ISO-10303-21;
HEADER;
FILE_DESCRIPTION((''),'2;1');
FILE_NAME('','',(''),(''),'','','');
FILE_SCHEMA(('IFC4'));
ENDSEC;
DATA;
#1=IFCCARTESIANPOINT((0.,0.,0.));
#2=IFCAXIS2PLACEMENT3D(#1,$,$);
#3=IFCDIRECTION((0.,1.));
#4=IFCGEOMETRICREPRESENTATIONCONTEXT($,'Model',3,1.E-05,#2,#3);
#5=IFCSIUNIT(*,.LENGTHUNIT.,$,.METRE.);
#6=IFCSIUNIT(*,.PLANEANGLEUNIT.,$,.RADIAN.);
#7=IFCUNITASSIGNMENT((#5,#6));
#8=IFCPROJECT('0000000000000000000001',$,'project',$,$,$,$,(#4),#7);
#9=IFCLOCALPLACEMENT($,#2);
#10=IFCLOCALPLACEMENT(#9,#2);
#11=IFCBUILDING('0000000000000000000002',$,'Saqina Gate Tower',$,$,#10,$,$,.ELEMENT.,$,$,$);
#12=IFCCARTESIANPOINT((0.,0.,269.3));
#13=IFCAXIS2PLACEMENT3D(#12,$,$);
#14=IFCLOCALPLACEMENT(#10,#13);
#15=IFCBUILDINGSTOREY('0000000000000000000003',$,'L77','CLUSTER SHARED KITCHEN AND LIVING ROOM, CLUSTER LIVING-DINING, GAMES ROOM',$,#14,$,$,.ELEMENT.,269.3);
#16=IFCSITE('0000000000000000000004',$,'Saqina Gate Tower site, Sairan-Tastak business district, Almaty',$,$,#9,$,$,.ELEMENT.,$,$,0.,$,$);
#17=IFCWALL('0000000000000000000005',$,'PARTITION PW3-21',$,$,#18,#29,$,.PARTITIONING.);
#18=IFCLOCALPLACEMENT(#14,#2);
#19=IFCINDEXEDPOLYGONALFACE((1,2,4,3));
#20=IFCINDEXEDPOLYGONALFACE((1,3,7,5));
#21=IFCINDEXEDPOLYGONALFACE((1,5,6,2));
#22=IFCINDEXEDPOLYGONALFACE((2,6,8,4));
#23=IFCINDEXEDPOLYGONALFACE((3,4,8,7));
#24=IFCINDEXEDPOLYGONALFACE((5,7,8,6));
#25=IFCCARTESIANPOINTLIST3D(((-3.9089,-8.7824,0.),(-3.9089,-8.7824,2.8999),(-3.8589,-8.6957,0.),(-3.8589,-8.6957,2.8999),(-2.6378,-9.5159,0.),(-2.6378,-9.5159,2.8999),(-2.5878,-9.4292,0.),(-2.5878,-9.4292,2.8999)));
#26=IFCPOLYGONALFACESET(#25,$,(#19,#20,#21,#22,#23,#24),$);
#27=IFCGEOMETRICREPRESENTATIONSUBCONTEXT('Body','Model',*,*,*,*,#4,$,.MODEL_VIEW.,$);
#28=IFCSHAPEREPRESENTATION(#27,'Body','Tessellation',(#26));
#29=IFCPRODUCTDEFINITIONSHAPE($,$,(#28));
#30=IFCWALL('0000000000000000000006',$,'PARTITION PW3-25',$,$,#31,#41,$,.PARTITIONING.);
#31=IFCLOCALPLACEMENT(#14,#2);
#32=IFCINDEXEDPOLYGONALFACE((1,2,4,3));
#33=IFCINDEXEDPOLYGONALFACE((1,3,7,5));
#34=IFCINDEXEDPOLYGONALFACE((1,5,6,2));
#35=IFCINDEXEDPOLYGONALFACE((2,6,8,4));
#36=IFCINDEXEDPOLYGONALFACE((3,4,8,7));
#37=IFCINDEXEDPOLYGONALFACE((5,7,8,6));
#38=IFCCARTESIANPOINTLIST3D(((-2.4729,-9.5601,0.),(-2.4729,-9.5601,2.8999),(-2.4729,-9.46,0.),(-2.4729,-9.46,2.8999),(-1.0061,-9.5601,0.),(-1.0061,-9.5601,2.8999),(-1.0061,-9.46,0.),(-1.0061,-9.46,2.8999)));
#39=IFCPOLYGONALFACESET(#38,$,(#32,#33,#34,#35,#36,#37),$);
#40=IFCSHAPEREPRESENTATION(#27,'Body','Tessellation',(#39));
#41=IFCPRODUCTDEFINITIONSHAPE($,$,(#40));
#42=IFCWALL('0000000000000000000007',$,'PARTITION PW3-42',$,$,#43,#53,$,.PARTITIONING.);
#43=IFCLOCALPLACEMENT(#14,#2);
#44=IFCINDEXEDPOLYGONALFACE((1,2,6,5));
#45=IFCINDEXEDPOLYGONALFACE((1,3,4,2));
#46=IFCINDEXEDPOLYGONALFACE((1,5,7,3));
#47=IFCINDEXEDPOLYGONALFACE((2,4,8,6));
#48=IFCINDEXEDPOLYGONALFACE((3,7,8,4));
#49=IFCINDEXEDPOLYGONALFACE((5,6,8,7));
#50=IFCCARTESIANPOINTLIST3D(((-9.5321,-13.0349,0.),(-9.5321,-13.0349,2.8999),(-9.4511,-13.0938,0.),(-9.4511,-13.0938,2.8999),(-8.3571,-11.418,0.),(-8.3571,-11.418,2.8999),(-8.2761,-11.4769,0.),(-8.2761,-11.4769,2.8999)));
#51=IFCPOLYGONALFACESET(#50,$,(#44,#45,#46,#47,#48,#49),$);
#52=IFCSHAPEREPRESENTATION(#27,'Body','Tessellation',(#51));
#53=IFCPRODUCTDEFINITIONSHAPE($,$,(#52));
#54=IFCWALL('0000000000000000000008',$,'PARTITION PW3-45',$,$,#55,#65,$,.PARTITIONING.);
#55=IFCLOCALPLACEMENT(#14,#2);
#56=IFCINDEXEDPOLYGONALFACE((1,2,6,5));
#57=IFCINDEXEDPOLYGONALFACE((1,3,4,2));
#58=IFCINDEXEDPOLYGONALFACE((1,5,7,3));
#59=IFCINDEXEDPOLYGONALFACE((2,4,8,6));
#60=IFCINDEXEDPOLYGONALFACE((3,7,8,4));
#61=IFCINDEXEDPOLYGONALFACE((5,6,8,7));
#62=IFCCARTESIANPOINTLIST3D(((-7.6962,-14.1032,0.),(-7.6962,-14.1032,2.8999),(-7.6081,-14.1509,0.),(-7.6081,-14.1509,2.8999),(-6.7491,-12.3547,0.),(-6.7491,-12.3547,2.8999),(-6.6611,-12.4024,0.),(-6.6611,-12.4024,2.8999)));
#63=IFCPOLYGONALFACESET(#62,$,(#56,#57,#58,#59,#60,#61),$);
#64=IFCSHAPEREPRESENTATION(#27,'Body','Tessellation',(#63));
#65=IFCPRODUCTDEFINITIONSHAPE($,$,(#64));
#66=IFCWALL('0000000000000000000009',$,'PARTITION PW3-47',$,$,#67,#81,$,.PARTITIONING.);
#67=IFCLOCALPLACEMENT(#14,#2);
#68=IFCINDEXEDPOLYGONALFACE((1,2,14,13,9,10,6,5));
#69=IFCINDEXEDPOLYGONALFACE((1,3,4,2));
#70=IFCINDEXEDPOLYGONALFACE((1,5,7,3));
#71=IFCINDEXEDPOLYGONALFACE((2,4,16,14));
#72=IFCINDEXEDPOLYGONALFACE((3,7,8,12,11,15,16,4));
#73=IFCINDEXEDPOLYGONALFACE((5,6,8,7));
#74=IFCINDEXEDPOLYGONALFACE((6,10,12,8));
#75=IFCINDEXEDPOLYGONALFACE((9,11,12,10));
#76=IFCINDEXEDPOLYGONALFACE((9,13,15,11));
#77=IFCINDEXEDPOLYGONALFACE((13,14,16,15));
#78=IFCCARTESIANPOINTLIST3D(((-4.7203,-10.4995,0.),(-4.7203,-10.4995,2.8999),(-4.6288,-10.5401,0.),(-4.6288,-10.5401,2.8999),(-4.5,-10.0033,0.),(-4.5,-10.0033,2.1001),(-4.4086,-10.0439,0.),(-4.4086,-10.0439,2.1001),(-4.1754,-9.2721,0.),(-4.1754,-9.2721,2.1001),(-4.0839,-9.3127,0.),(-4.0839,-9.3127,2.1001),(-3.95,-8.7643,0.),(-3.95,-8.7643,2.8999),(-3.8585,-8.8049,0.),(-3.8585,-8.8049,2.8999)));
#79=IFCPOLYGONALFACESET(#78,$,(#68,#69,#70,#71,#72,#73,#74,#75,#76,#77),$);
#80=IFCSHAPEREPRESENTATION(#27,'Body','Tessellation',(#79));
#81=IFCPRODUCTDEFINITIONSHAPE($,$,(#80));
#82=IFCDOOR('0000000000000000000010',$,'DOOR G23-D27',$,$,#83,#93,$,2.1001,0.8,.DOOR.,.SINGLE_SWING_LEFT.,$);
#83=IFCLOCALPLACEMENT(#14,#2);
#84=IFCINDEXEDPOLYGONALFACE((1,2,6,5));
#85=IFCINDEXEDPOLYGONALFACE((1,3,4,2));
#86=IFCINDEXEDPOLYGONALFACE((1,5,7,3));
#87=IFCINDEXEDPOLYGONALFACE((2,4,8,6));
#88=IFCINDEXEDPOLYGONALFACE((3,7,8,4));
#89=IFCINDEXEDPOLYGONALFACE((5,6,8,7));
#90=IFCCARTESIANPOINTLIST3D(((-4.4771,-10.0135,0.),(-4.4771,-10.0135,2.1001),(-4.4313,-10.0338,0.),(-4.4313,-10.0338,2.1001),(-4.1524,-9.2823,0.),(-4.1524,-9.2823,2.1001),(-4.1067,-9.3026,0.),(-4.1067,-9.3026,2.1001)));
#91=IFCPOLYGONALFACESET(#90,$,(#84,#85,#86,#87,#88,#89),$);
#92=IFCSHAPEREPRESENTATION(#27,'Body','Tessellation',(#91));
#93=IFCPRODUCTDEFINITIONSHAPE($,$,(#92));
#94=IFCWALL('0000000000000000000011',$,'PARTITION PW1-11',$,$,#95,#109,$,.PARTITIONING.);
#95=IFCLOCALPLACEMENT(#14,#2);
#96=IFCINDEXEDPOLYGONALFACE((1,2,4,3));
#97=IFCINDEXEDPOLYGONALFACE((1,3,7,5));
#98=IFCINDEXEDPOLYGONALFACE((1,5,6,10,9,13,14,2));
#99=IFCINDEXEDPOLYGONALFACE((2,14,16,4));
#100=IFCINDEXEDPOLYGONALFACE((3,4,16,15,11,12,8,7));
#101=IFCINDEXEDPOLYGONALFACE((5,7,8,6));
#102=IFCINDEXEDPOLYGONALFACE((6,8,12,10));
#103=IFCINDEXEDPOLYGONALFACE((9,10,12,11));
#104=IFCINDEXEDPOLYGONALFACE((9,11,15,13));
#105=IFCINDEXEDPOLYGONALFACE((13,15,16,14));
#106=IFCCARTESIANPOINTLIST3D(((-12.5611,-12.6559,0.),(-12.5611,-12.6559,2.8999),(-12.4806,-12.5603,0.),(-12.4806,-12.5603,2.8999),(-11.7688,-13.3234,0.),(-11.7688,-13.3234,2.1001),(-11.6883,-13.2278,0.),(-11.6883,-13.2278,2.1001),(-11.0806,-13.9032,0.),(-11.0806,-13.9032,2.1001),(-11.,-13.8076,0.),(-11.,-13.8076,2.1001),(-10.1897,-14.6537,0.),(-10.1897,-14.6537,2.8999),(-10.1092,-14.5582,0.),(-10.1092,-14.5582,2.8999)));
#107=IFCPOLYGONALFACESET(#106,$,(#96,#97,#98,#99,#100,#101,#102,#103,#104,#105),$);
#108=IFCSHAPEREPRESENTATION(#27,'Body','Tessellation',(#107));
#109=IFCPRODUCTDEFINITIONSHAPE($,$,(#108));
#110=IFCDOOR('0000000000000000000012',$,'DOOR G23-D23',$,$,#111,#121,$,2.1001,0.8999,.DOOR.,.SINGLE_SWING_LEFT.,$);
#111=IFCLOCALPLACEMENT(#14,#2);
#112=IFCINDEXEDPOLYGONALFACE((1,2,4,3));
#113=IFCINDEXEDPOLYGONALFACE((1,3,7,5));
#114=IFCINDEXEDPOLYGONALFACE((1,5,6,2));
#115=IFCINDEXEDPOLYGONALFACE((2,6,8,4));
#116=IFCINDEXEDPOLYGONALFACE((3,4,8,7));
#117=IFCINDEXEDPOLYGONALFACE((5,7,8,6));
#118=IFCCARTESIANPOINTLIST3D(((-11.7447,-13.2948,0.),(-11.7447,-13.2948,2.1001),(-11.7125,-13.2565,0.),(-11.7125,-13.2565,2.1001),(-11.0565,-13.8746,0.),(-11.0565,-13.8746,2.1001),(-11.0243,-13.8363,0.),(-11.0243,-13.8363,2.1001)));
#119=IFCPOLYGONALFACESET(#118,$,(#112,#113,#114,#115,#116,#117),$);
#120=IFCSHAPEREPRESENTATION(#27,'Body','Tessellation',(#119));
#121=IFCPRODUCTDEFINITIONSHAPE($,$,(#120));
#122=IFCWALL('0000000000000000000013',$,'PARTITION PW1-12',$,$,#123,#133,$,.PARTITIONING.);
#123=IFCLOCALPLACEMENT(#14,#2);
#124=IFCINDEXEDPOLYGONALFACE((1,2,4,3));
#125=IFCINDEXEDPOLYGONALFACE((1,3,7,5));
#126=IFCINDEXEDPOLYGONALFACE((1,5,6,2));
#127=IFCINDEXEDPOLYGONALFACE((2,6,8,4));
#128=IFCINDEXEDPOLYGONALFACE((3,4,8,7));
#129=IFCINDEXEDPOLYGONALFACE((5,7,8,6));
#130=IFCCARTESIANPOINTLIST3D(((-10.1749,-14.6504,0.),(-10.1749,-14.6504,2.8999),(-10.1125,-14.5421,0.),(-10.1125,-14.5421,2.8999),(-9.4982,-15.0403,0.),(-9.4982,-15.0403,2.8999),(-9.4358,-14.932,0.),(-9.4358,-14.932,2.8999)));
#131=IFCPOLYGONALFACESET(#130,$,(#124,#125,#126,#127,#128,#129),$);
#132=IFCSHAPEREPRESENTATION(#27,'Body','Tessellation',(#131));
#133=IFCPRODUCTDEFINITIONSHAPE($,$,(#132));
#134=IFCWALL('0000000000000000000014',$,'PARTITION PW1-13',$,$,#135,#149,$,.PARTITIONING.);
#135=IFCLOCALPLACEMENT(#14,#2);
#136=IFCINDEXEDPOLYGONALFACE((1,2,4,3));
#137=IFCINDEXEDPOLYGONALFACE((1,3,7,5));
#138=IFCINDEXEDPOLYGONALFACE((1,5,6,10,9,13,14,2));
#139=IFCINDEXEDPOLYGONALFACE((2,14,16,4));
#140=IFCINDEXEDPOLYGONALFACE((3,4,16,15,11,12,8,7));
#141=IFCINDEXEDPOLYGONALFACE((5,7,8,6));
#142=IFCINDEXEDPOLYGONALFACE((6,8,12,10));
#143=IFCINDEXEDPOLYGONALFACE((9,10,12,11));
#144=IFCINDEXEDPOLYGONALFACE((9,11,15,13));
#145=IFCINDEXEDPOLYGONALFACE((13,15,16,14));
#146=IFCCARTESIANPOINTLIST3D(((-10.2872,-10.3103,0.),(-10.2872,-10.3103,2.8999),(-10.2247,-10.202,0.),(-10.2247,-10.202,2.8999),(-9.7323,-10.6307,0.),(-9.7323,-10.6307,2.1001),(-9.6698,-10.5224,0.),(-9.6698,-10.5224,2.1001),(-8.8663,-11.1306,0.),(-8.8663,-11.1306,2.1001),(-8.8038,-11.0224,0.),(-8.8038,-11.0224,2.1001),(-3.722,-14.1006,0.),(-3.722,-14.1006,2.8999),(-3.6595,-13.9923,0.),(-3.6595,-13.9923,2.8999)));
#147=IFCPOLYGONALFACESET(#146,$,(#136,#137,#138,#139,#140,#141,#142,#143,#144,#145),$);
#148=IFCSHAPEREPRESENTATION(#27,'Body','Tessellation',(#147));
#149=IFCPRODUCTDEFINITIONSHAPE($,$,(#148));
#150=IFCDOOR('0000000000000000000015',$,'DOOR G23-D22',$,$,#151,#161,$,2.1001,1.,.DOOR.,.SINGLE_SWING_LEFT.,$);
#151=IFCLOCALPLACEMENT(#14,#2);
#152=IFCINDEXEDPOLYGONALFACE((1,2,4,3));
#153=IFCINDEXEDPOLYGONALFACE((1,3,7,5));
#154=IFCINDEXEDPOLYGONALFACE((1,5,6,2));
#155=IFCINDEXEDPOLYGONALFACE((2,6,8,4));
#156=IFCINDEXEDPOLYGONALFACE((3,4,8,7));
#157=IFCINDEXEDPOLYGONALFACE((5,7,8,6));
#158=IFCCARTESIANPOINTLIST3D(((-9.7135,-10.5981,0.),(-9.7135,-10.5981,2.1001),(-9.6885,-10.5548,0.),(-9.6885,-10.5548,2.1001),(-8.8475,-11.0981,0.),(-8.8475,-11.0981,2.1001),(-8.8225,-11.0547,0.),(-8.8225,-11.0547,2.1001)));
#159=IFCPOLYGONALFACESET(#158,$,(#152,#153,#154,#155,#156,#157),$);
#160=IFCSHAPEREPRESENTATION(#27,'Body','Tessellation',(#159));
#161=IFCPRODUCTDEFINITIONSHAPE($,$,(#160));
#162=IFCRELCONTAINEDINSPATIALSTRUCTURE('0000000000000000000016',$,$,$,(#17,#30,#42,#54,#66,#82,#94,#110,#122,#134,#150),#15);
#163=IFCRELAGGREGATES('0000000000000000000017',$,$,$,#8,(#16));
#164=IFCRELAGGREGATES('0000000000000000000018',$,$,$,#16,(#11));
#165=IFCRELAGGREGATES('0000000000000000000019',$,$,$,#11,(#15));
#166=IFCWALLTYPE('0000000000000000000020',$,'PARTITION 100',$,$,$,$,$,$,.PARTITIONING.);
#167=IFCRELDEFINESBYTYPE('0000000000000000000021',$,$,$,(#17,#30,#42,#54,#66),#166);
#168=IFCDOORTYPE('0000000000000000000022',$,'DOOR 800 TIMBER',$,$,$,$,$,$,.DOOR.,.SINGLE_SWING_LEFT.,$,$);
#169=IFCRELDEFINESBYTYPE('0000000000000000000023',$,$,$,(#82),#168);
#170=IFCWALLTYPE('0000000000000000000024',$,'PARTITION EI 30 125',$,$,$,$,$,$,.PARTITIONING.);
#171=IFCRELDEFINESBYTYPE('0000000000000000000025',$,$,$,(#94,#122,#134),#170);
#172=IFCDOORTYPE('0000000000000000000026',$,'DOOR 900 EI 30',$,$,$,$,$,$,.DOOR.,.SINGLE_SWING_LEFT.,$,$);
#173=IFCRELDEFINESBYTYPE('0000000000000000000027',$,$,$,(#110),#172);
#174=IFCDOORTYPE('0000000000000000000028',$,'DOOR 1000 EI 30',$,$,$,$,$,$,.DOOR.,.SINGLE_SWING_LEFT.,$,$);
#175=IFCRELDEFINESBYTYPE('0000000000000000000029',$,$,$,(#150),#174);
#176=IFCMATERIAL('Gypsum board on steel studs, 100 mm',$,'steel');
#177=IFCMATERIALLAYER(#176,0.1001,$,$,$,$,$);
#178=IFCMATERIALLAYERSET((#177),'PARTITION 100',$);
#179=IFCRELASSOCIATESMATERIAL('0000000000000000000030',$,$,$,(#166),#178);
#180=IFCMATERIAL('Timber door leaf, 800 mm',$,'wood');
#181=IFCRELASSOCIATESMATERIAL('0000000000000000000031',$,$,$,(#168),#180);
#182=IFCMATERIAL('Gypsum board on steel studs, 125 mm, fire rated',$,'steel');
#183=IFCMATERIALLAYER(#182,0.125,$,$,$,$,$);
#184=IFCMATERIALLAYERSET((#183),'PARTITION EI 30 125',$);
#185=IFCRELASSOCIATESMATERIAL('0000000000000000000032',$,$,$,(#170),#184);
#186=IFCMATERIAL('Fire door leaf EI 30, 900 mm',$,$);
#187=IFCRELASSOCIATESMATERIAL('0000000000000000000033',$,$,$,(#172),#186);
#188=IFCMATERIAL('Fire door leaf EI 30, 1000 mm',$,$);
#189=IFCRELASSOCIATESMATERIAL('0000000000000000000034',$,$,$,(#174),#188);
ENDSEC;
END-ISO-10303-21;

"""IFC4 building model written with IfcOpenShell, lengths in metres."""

from ifc_helpers import new_model, si_unit, direction, frame, frame_2d, origin, place, context, subcontext, project, spatial, rectangle, extrude, material, layer, layer_set, type_object, element, fill, save


model = new_model("IFC4")

# Units and contexts
model_context = context("Model", 3, precision=1e-05, world=origin(), true_north=direction((0.0, 1.0)))
body_context = subcontext(model_context, "Body", "Model", "MODEL_VIEW")
ifc_project = project(units=[si_unit("LENGTHUNIT", "METRE"), si_unit("PLANEANGLEUNIT", "RADIAN")], contexts=[model_context])

# Site, building, storey
site_placement = place(None, origin())
site = spatial("IfcSite", under=ifc_project, at=site_placement, Name="Saqina Gate Tower site, Sairan-Tastak business district, Almaty", CompositionType="ELEMENT", RefElevation=0.0)
building_placement = place(site_placement, origin())
building = spatial("IfcBuilding", under=site, at=building_placement, Name="Saqina Gate Tower", CompositionType="ELEMENT")
storey_placement = place(building_placement, frame((0.0, 0.0, 269.3)))
storey = spatial("IfcBuildingStorey", under=building, at=storey_placement, Name="L77", Description="CLUSTER SHARED KITCHEN AND LIVING ROOM, CLUSTER LIVING-DINING, GAMES ROOM", CompositionType="ELEMENT", Elevation=269.3)

# Shared definitions
ifc_material_1 = material(Name="Gypsum board on steel studs, 100 mm", Category="steel")
ifc_layer_1 = layer(ifc_material_1, 0.1001)
ifc_layer_set_1 = layer_set([ifc_layer_1], Name="PARTITION 100")
wall_type_1 = type_object("IfcWallType", Name="PARTITION 100", PredefinedType="PARTITIONING", material=ifc_layer_set_1)

# Shared definitions
ifc_material_2 = material(Name="Timber door leaf, 800 mm", Category="wood")
door_type_1 = type_object("IfcDoorType", Name="DOOR 800 TIMBER", OperationType="SINGLE_SWING_LEFT", PredefinedType="DOOR", material=ifc_material_2)

# Walls
wall_1_placement = place(storey_placement, frame((-3.884, -8.739, 0.0), z_axis=(0.0, 0.0, 1.0), x_axis=(0.866147, -0.49979, 0.0)))
element("IfcWall", 1, at=wall_1_placement, inside=storey, type_object=wall_type_1, Name="PARTITION PW3-21", PredefinedType="PARTITIONING", context=body_context, shape_type="SweptSolid", body=[
    extrude(rectangle(XDim=1.4675, YDim=0.1001, at=frame_2d((0.7339, 0.0))), origin(), (0.0, 0.0, 1.0), 2.8999),
])
wall_2_placement = place(storey_placement, frame((-2.4729, -9.51, 0.0), z_axis=(0.0, 0.0, 1.0), x_axis=(1.0, 0.0, 0.0)))
element("IfcWall", 2, at=wall_2_placement, inside=storey, type_object=wall_type_1, Name="PARTITION PW3-25", PredefinedType="PARTITIONING", context=body_context, shape_type="SweptSolid", body=[
    extrude(rectangle(XDim=1.4668, YDim=0.1001, at=frame_2d((0.7334, 0.0))), origin(), (0.0, 0.0, 1.0), 2.8999),
])
wall_3_placement = place(storey_placement, frame((-9.4917, -13.0645, 0.0), z_axis=(0.0, 0.0, 1.0), x_axis=(0.587874, 0.808953, 0.0)))
element("IfcWall", 3, at=wall_3_placement, inside=storey, type_object=wall_type_1, Name="PARTITION PW3-42", PredefinedType="PARTITIONING", context=body_context, shape_type="SweptSolid", body=[
    extrude(rectangle(XDim=1.9988, YDim=0.1001, at=frame_2d((0.9995, 0.0))), origin(), (0.0, 0.0, 1.0), 2.8999),
])
wall_4_placement = place(storey_placement, frame((-7.6521, -14.127, 0.0), z_axis=(0.0, 0.0, 1.0), x_axis=(0.476244, 0.879313, 0.0)))
element("IfcWall", 4, at=wall_4_placement, inside=storey, type_object=wall_type_1, Name="PARTITION PW3-45", PredefinedType="PARTITIONING", context=body_context, shape_type="SweptSolid", body=[
    extrude(rectangle(XDim=1.9885, YDim=0.1001, at=frame_2d((0.9941, 0.0))), origin(), (0.0, 0.0, 1.0), 2.8999),
])

# Walls, openings, doors
wall_5_placement = place(storey_placement, frame((-4.6746, -10.5198, 0.0), z_axis=(0.0, 0.0, 1.0), x_axis=(0.405745, 0.913986, 0.0)))
wall_5 = element("IfcWall", 5, at=wall_5_placement, inside=storey, type_object=wall_type_1, Name="PARTITION PW3-47", PredefinedType="PARTITIONING", context=body_context, shape_type="SweptSolid", body=[
    extrude(rectangle(XDim=1.8984, YDim=0.1001, at=frame_2d((0.9492, 0.0))), origin(), (0.0, 0.0, 1.0), 2.8999),
])
opening_1_placement = place(wall_5_placement, frame((0.543, 0.0, 0.0)))
opening_1 = element("IfcOpeningElement", 6, at=opening_1_placement, cuts=wall_5, PredefinedType="OPENING", context=body_context, shape_type="SweptSolid", body=[
    extrude(rectangle(XDim=0.8, YDim=2.1001, at=frame_2d((0.3999, 1.05))), frame((0.0, 0.062, 0.0), z_axis=(0.0, -1.0, 0.0), x_axis=(1.0, 0.0, 0.0)), (0.0, 0.0, 1.0), 0.124),
])
door_1_placement = place(opening_1_placement, origin())
door_1 = element("IfcDoor", 7, at=door_1_placement, inside=storey, type_object=door_type_1, Name="DOOR G23-D27", OperationType="SINGLE_SWING_LEFT", OverallHeight=2.1001, OverallWidth=0.8, PredefinedType="DOOR", context=body_context, shape_type="SweptSolid", body=[
    extrude(rectangle(XDim=0.8, YDim=2.1001, at=frame_2d((0.3999, 1.05))), frame((0.0, 0.0249, 0.0), z_axis=(0.0, -1.0, 0.0), x_axis=(1.0, 0.0, 0.0)), (0.0, 0.0, 1.0), 0.05),
])
fill(opening_1, door_1)
ifc_material_3 = material(Name="Gypsum board on steel studs, 125 mm, fire rated", Category="steel")
ifc_layer_2 = layer(ifc_material_3, 0.125)
ifc_layer_set_2 = layer_set([ifc_layer_2], Name="PARTITION EI 30 125")
wall_type_2 = type_object("IfcWallType", Name="PARTITION EI 30 125", PredefinedType="PARTITIONING", material=ifc_layer_set_2)
wall_6_placement = place(storey_placement, frame((-12.5208, -12.6082, 0.0), z_axis=(0.0, 0.0, 1.0), x_axis=(0.76477, -0.644303, 0.0)))
wall_6 = element("IfcWall", 8, at=wall_6_placement, inside=storey, type_object=wall_type_2, Name="PARTITION PW1-11", PredefinedType="PARTITIONING", context=body_context, shape_type="SweptSolid", body=[
    extrude(rectangle(XDim=3.1008, YDim=0.125, at=frame_2d((1.5503, 0.0))), origin(), (0.0, 0.0, 1.0), 2.8999),
])
opening_2_placement = place(wall_6_placement, frame((1.0359, 0.0, 0.0)))
opening_2 = element("IfcOpeningElement", 9, at=opening_2_placement, cuts=wall_6, PredefinedType="OPENING", context=body_context, shape_type="SweptSolid", body=[
    extrude(rectangle(XDim=0.8999, YDim=2.1001, at=frame_2d((0.45, 1.05))), frame((0.0, 0.0745, 0.0), z_axis=(0.0, -1.0, 0.0), x_axis=(1.0, 0.0, 0.0)), (0.0, 0.0, 1.0), 0.1489),
])
ifc_material_4 = material(Name="Fire door leaf EI 30, 900 mm")
door_type_2 = type_object("IfcDoorType", Name="DOOR 900 EI 30", OperationType="SINGLE_SWING_LEFT", PredefinedType="DOOR", material=ifc_material_4)
door_2_placement = place(opening_2_placement, origin())
door_2 = element("IfcDoor", 10, at=door_2_placement, inside=storey, type_object=door_type_2, Name="DOOR G23-D23", OperationType="SINGLE_SWING_LEFT", OverallHeight=2.1001, OverallWidth=0.8999, PredefinedType="DOOR", context=body_context, shape_type="SweptSolid", body=[
    extrude(rectangle(XDim=0.8999, YDim=2.1001, at=frame_2d((0.45, 1.05))), frame((0.0, 0.0249, 0.0), z_axis=(0.0, -1.0, 0.0), x_axis=(1.0, 0.0, 0.0)), (0.0, 0.0, 1.0), 0.05),
])
fill(opening_2, door_2)

# Wall
wall_7_placement = place(storey_placement, frame((-10.1438, -14.5962, 0.0), z_axis=(0.0, 0.0, 1.0), x_axis=(0.866487, -0.499199, 0.0)))
element("IfcWall", 11, at=wall_7_placement, inside=storey, type_object=wall_type_2, Name="PARTITION PW1-12", PredefinedType="PARTITIONING", context=body_context, shape_type="SweptSolid", body=[
    extrude(rectangle(XDim=0.781, YDim=0.125, at=frame_2d((0.3906, 0.0))), origin(), (0.0, 0.0, 1.0), 2.8999),
])

# Wall, opening, door
wall_8_placement = place(storey_placement, frame((-10.2561, -10.2561, 0.0), z_axis=(0.0, 0.0, 1.0), x_axis=(0.866033, -0.499987, 0.0)))
wall_8 = element("IfcWall", 12, at=wall_8_placement, inside=storey, type_object=wall_type_2, Name="PARTITION PW1-13", PredefinedType="PARTITIONING", context=body_context, shape_type="SweptSolid", body=[
    extrude(rectangle(XDim=7.5808, YDim=0.125, at=frame_2d((3.7905, 0.0))), origin(), (0.0, 0.0, 1.0), 2.8999),
])
opening_3_placement = place(wall_8_placement, frame((0.6409, 0.0, 0.0)))
opening_3 = element("IfcOpeningElement", 13, at=opening_3_placement, cuts=wall_8, PredefinedType="OPENING", context=body_context, shape_type="SweptSolid", body=[
    extrude(rectangle(XDim=1.0, YDim=2.1001, at=frame_2d((0.5, 1.05))), frame((0.0, 0.0745, 0.0), z_axis=(0.0, -1.0, 0.0), x_axis=(1.0, 0.0, 0.0)), (0.0, 0.0, 1.0), 0.1489),
])
ifc_material_5 = material(Name="Fire door leaf EI 30, 1000 mm")
door_type_3 = type_object("IfcDoorType", Name="DOOR 1000 EI 30", OperationType="SINGLE_SWING_LEFT", PredefinedType="DOOR", material=ifc_material_5)
door_3_placement = place(opening_3_placement, frame((1.0, 0.0, 0.0), z_axis=(0.0, 0.0, 1.0), x_axis=(-1.0, 0.0, 0.0)))
door_3 = element("IfcDoor", 14, at=door_3_placement, inside=storey, type_object=door_type_3, Name="DOOR G23-D22", OperationType="SINGLE_SWING_LEFT", OverallHeight=2.1001, OverallWidth=1.0, PredefinedType="DOOR", context=body_context, shape_type="SweptSolid", body=[
    extrude(rectangle(XDim=1.0, YDim=2.1001, at=frame_2d((0.5, 1.05))), frame((0.0, 0.0249, 0.0), z_axis=(0.0, -1.0, 0.0), x_axis=(1.0, 0.0, 0.0)), (0.0, 0.0, 1.0), 0.05),
])
fill(opening_3, door_3)

save(model, "model.ifc")
